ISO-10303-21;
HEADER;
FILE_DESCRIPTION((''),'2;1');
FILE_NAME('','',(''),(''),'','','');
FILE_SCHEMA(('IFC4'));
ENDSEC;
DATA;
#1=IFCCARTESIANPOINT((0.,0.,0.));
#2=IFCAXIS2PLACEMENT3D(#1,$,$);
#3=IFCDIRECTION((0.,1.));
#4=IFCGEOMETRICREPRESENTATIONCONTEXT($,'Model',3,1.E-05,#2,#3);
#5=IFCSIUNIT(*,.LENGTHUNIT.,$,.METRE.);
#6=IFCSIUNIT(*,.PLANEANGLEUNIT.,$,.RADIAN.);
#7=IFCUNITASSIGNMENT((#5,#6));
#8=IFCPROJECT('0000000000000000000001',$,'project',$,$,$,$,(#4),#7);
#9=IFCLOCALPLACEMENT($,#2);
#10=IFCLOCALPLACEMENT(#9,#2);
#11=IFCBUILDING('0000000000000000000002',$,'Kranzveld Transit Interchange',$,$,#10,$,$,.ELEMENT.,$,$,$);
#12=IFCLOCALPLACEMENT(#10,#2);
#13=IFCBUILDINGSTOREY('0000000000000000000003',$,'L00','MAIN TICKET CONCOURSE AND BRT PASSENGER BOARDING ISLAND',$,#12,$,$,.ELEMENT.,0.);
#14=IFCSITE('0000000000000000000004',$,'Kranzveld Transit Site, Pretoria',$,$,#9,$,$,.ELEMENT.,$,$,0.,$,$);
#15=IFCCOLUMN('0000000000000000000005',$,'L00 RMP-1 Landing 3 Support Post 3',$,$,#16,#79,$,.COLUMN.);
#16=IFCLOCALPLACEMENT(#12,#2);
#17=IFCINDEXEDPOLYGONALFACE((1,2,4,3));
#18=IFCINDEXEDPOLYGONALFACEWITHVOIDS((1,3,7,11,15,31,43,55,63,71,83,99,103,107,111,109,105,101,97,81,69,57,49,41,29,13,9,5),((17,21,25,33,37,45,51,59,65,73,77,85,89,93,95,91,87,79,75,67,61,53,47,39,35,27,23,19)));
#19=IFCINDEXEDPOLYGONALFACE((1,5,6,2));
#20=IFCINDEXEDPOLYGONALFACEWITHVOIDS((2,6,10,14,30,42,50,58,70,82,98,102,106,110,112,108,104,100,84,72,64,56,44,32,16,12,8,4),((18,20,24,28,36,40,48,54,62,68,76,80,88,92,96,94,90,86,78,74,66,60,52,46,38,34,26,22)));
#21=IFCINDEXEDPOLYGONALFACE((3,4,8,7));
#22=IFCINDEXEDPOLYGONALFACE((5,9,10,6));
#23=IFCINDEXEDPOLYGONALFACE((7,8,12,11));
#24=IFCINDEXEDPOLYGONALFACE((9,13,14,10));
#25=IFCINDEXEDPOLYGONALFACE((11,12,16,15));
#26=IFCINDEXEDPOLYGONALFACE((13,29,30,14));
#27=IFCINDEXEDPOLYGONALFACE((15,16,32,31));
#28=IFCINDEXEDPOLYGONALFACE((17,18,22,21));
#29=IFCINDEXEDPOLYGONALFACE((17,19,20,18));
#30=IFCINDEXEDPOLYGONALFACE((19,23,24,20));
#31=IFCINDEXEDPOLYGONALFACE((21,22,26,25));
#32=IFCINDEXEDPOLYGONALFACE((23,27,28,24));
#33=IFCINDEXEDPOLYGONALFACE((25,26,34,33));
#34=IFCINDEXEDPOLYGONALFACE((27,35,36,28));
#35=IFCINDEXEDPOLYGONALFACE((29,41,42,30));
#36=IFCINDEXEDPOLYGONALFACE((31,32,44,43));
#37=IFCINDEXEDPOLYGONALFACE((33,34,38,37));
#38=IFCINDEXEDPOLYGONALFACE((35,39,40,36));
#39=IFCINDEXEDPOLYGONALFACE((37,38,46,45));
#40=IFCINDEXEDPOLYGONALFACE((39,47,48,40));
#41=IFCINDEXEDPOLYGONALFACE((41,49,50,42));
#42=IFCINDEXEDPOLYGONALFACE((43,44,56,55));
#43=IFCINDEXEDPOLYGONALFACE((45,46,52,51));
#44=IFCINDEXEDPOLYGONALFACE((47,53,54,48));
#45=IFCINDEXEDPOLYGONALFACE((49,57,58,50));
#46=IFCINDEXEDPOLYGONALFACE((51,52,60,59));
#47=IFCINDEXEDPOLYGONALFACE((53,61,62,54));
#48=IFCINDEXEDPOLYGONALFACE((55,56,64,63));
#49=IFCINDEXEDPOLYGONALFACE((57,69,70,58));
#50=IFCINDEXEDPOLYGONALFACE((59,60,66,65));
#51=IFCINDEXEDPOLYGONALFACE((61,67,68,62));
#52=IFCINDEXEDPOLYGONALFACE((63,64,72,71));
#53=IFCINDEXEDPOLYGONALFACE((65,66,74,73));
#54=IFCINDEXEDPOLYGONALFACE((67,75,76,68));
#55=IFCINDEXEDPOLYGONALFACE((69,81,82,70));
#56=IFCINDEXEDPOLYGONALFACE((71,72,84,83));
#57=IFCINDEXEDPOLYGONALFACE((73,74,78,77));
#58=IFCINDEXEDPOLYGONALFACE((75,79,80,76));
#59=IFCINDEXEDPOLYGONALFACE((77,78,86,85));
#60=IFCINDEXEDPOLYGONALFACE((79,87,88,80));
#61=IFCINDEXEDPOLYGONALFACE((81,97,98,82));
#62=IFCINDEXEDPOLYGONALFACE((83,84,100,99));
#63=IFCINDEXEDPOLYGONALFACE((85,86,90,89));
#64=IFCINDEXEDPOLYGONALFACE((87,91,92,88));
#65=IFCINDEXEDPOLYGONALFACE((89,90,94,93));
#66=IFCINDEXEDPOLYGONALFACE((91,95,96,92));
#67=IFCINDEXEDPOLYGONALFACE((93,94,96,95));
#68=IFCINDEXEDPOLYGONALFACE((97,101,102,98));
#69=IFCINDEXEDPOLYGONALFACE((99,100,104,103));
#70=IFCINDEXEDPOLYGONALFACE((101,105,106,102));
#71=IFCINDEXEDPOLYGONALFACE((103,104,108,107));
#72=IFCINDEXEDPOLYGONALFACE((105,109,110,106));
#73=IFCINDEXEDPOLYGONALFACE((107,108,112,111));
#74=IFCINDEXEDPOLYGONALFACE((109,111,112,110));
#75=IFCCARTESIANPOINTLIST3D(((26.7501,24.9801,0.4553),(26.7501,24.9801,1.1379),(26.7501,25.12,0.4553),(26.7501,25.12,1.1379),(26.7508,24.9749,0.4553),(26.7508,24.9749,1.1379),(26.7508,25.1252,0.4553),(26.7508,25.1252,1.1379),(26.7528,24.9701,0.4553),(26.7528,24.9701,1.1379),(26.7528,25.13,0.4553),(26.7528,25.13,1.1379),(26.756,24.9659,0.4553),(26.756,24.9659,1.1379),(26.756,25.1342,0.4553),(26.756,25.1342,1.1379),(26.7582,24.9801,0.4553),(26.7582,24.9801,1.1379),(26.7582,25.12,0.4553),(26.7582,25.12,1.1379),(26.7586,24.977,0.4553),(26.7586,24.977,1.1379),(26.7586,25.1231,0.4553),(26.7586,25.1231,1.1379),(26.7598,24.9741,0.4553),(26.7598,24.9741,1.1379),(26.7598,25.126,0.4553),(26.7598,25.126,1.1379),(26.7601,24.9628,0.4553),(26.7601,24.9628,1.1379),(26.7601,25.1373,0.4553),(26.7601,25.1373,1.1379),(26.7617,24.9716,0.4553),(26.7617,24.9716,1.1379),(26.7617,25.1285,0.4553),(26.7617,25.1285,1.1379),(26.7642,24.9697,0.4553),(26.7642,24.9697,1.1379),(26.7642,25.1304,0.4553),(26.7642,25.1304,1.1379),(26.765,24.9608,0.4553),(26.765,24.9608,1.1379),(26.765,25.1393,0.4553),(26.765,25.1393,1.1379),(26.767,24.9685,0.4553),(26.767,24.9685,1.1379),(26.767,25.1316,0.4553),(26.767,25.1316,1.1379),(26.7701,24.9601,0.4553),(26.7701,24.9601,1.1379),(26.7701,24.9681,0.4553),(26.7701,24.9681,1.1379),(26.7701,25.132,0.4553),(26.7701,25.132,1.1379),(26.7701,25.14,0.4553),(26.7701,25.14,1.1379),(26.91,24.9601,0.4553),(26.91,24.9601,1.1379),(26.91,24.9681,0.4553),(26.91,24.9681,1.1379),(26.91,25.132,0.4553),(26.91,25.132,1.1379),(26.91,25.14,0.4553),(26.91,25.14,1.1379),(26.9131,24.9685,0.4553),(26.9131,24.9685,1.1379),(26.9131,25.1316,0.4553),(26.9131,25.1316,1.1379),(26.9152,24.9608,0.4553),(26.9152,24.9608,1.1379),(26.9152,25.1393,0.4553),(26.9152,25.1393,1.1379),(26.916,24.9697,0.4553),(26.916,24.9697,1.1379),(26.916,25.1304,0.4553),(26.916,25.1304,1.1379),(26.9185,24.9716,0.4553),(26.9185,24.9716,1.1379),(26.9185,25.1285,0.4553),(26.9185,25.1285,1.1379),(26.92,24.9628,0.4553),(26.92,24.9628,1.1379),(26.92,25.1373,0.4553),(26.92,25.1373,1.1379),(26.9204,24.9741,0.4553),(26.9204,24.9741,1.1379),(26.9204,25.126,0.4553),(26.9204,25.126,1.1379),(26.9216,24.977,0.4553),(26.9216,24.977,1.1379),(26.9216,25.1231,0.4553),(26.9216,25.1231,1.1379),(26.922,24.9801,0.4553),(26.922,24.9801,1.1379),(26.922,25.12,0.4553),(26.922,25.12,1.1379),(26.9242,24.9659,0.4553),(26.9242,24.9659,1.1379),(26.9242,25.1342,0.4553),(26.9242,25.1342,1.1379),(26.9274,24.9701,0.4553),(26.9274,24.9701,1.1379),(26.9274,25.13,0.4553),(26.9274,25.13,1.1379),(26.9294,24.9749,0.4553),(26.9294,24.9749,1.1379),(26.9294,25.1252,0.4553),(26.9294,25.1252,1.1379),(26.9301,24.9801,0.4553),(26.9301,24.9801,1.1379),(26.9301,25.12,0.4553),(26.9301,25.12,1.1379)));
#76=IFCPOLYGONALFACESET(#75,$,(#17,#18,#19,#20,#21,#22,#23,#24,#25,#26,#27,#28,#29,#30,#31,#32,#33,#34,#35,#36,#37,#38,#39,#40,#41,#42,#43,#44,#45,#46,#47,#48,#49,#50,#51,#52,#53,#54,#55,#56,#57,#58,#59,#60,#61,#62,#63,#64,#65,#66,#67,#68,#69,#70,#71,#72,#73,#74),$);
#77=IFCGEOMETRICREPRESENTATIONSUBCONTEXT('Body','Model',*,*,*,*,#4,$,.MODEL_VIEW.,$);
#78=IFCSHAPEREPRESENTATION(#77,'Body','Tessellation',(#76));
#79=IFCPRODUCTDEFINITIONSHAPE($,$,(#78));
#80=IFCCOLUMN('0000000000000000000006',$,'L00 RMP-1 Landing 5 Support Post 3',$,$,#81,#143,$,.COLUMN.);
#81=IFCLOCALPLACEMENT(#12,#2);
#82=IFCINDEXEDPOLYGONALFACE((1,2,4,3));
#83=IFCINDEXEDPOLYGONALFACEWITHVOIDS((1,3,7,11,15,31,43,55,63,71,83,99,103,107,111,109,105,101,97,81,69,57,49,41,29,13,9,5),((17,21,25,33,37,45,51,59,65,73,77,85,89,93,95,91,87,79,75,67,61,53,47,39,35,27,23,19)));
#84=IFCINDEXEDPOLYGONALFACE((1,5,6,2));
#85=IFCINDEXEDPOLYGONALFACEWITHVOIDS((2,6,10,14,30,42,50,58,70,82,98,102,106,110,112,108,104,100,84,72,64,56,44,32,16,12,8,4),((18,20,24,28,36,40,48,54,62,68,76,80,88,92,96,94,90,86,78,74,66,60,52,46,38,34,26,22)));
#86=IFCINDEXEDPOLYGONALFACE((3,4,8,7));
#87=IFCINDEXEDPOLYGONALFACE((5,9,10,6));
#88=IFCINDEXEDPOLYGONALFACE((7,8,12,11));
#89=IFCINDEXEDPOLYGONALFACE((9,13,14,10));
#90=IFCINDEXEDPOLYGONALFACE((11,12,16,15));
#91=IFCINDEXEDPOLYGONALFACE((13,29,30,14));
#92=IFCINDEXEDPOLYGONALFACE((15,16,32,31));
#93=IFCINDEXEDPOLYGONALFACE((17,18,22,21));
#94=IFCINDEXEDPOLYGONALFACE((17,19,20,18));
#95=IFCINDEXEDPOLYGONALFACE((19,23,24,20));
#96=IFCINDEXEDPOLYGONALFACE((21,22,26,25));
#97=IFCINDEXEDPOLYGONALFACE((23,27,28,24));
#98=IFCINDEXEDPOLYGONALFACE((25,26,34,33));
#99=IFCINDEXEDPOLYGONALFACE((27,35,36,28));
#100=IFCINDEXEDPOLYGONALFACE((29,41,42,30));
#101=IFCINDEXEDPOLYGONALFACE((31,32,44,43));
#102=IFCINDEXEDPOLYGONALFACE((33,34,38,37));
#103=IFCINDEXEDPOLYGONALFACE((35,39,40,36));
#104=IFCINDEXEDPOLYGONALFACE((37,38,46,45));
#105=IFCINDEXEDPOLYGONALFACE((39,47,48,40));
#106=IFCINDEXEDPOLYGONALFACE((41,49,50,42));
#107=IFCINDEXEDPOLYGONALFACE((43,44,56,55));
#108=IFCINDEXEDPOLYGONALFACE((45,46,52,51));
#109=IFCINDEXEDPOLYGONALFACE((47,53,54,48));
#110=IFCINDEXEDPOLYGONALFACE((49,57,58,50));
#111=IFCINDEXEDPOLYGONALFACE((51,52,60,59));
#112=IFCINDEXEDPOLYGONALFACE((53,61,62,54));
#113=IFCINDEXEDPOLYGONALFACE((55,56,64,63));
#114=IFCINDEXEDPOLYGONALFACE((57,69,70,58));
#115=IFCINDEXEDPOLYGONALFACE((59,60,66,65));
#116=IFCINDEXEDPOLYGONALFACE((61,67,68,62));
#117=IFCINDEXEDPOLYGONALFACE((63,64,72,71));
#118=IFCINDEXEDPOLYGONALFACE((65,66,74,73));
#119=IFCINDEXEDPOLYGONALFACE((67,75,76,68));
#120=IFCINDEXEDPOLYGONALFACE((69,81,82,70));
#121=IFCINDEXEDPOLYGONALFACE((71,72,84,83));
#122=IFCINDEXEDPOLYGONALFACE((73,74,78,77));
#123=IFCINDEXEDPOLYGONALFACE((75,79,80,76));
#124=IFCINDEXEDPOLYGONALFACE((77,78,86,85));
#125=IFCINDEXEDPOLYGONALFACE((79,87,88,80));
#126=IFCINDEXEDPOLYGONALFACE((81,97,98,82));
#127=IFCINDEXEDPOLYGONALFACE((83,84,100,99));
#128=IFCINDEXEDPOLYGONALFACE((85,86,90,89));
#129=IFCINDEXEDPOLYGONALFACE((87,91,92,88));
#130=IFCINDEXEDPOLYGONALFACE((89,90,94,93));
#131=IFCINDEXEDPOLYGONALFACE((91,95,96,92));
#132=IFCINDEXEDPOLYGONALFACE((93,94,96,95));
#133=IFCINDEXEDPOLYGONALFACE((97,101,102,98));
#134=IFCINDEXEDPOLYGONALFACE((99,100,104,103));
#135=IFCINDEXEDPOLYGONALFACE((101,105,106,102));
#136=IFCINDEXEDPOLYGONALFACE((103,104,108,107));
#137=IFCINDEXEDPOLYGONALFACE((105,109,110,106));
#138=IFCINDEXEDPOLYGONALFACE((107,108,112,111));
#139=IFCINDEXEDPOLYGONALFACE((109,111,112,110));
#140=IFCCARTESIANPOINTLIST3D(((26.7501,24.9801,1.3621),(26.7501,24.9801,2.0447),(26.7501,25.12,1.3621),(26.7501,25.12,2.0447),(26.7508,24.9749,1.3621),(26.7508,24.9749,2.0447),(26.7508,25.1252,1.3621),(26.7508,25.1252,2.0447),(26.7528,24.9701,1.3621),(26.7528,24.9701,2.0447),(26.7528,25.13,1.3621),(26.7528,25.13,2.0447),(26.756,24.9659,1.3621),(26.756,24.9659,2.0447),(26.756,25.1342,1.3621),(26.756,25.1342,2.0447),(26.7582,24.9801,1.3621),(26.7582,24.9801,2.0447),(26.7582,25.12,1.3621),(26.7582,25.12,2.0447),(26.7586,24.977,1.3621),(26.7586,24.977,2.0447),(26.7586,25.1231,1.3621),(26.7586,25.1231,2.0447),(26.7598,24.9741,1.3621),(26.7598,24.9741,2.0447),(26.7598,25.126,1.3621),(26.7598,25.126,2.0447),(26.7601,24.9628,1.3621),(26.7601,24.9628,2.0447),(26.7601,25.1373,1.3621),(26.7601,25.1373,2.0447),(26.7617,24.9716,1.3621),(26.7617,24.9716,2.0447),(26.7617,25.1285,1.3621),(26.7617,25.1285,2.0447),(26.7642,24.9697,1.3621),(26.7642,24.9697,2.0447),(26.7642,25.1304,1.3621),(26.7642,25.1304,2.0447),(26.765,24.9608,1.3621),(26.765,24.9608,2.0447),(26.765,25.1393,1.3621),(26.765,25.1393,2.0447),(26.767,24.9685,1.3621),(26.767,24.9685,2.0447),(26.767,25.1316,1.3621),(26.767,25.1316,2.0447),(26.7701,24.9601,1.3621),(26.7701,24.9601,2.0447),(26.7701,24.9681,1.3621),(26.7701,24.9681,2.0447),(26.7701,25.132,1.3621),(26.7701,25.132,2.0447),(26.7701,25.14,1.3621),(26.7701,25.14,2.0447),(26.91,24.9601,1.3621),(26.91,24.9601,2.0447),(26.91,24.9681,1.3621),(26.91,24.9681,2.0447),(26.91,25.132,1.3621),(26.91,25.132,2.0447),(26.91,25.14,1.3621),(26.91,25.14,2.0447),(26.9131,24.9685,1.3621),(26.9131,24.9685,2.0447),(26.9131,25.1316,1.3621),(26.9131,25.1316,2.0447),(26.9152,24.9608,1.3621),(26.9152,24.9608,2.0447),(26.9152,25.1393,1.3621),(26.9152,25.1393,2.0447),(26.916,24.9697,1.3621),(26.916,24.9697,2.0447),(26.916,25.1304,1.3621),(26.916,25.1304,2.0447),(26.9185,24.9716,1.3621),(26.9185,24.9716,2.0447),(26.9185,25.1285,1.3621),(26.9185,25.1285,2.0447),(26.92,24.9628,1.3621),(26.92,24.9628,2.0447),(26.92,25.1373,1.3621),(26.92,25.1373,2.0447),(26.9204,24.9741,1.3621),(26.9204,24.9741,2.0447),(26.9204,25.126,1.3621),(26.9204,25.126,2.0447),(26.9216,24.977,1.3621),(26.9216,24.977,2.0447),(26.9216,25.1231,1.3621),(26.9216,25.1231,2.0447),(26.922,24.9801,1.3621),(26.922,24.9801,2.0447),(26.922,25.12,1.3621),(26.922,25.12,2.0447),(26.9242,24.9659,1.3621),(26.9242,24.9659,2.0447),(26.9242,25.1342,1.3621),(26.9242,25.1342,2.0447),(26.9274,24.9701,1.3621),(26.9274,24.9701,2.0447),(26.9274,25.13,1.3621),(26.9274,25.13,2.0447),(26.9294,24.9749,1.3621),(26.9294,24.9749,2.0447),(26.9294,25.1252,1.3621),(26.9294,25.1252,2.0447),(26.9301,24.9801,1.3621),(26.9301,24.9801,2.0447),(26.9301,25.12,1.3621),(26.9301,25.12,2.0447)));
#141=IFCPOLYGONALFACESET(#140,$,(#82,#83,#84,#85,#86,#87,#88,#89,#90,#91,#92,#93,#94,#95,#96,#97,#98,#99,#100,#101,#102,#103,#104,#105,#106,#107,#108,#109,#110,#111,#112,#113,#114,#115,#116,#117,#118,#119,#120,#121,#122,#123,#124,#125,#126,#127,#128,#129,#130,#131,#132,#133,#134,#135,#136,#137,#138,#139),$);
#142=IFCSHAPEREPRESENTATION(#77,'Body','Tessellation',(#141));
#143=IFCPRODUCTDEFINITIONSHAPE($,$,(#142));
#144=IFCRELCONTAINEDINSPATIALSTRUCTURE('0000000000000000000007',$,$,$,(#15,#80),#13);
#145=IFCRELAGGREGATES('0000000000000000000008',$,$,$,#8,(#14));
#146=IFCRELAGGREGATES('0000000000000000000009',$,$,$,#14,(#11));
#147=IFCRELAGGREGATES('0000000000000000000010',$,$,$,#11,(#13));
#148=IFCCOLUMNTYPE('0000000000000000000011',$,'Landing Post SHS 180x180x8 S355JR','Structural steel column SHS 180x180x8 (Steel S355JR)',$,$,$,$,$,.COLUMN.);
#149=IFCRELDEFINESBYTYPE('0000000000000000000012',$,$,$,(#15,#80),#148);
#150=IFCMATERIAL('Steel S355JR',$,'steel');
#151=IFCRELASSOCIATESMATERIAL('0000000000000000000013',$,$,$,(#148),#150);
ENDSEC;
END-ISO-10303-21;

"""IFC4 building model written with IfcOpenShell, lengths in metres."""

from ifc_helpers import new_model, si_unit, direction, frame, origin, origin_2d, place, context, subcontext, project, spatial, hollow_rectangle, extrude, material, material_profile, profile_set, type_object, element, save


model = new_model("IFC4")

# Units and contexts
model_context = context("Model", 3, precision=1e-05, world=origin(), true_north=direction((0.0, 1.0)))
body_context = subcontext(model_context, "Body", "Model", "MODEL_VIEW")
ifc_project = project(units=[si_unit("LENGTHUNIT", "METRE"), si_unit("PLANEANGLEUNIT", "RADIAN")], contexts=[model_context])

# Site, building, storey
site_placement = place(None, origin())
site = spatial("IfcSite", under=ifc_project, at=site_placement, Name="Kranzveld Transit Site, Pretoria", CompositionType="ELEMENT", RefElevation=0.0)
building_placement = place(site_placement, origin())
building = spatial("IfcBuilding", under=site, at=building_placement, Name="Kranzveld Transit Interchange", CompositionType="ELEMENT")
storey_placement = place(building_placement, origin())
storey = spatial("IfcBuildingStorey", under=building, at=storey_placement, Name="L00", Description="MAIN TICKET CONCOURSE AND BRT PASSENGER BOARDING ISLAND", CompositionType="ELEMENT", Elevation=0.0)

# Columns
ifc_material_1 = material(Name="Steel S355JR", Category="steel")
ifc_material_profile_1 = material_profile(ifc_material_1, hollow_rectangle(XDim=0.1799, YDim=0.1799, WallThickness=0.0081, InnerFilletRadius=0.012, OuterFilletRadius=0.02, at=origin_2d()), Name="SHS 180x180x8")
ifc_profile_set_1 = profile_set([ifc_material_profile_1], Name="Steel S355JR")
column_type = type_object("IfcColumnType", Name="Landing Post SHS 180x180x8 S355JR", Description="Structural steel column SHS 180x180x8 (Steel S355JR)", PredefinedType="COLUMN", material=ifc_profile_set_1)
for number, where, z_axis, x_axis, name in (
    (1, (26.8401, 25.05, 0.4553), (0.0, 0.0, 1.0), (1.0, 0.0, 0.0), "L00 RMP-1 Landing 3 Support Post 3"),
    (2, (26.8401, 25.05, 1.3621), (0.0, 0.0, 1.0), (1.0, 0.0, 0.0), "L00 RMP-1 Landing 5 Support Post 3"),
):
    element("IfcColumn", number, at=place(storey_placement, frame(where, z_axis=z_axis, x_axis=x_axis)), inside=storey, type_object=column_type, Name=name, PredefinedType="COLUMN", context=body_context, shape_type="SweptSolid", body=[
        extrude(hollow_rectangle(XDim=0.1799, YDim=0.1799, WallThickness=0.0081, InnerFilletRadius=0.012, OuterFilletRadius=0.02, at=origin_2d()), origin(), (0.0, 0.0, 1.0), 0.6826),
    ])

save(model, "model.ifc")
